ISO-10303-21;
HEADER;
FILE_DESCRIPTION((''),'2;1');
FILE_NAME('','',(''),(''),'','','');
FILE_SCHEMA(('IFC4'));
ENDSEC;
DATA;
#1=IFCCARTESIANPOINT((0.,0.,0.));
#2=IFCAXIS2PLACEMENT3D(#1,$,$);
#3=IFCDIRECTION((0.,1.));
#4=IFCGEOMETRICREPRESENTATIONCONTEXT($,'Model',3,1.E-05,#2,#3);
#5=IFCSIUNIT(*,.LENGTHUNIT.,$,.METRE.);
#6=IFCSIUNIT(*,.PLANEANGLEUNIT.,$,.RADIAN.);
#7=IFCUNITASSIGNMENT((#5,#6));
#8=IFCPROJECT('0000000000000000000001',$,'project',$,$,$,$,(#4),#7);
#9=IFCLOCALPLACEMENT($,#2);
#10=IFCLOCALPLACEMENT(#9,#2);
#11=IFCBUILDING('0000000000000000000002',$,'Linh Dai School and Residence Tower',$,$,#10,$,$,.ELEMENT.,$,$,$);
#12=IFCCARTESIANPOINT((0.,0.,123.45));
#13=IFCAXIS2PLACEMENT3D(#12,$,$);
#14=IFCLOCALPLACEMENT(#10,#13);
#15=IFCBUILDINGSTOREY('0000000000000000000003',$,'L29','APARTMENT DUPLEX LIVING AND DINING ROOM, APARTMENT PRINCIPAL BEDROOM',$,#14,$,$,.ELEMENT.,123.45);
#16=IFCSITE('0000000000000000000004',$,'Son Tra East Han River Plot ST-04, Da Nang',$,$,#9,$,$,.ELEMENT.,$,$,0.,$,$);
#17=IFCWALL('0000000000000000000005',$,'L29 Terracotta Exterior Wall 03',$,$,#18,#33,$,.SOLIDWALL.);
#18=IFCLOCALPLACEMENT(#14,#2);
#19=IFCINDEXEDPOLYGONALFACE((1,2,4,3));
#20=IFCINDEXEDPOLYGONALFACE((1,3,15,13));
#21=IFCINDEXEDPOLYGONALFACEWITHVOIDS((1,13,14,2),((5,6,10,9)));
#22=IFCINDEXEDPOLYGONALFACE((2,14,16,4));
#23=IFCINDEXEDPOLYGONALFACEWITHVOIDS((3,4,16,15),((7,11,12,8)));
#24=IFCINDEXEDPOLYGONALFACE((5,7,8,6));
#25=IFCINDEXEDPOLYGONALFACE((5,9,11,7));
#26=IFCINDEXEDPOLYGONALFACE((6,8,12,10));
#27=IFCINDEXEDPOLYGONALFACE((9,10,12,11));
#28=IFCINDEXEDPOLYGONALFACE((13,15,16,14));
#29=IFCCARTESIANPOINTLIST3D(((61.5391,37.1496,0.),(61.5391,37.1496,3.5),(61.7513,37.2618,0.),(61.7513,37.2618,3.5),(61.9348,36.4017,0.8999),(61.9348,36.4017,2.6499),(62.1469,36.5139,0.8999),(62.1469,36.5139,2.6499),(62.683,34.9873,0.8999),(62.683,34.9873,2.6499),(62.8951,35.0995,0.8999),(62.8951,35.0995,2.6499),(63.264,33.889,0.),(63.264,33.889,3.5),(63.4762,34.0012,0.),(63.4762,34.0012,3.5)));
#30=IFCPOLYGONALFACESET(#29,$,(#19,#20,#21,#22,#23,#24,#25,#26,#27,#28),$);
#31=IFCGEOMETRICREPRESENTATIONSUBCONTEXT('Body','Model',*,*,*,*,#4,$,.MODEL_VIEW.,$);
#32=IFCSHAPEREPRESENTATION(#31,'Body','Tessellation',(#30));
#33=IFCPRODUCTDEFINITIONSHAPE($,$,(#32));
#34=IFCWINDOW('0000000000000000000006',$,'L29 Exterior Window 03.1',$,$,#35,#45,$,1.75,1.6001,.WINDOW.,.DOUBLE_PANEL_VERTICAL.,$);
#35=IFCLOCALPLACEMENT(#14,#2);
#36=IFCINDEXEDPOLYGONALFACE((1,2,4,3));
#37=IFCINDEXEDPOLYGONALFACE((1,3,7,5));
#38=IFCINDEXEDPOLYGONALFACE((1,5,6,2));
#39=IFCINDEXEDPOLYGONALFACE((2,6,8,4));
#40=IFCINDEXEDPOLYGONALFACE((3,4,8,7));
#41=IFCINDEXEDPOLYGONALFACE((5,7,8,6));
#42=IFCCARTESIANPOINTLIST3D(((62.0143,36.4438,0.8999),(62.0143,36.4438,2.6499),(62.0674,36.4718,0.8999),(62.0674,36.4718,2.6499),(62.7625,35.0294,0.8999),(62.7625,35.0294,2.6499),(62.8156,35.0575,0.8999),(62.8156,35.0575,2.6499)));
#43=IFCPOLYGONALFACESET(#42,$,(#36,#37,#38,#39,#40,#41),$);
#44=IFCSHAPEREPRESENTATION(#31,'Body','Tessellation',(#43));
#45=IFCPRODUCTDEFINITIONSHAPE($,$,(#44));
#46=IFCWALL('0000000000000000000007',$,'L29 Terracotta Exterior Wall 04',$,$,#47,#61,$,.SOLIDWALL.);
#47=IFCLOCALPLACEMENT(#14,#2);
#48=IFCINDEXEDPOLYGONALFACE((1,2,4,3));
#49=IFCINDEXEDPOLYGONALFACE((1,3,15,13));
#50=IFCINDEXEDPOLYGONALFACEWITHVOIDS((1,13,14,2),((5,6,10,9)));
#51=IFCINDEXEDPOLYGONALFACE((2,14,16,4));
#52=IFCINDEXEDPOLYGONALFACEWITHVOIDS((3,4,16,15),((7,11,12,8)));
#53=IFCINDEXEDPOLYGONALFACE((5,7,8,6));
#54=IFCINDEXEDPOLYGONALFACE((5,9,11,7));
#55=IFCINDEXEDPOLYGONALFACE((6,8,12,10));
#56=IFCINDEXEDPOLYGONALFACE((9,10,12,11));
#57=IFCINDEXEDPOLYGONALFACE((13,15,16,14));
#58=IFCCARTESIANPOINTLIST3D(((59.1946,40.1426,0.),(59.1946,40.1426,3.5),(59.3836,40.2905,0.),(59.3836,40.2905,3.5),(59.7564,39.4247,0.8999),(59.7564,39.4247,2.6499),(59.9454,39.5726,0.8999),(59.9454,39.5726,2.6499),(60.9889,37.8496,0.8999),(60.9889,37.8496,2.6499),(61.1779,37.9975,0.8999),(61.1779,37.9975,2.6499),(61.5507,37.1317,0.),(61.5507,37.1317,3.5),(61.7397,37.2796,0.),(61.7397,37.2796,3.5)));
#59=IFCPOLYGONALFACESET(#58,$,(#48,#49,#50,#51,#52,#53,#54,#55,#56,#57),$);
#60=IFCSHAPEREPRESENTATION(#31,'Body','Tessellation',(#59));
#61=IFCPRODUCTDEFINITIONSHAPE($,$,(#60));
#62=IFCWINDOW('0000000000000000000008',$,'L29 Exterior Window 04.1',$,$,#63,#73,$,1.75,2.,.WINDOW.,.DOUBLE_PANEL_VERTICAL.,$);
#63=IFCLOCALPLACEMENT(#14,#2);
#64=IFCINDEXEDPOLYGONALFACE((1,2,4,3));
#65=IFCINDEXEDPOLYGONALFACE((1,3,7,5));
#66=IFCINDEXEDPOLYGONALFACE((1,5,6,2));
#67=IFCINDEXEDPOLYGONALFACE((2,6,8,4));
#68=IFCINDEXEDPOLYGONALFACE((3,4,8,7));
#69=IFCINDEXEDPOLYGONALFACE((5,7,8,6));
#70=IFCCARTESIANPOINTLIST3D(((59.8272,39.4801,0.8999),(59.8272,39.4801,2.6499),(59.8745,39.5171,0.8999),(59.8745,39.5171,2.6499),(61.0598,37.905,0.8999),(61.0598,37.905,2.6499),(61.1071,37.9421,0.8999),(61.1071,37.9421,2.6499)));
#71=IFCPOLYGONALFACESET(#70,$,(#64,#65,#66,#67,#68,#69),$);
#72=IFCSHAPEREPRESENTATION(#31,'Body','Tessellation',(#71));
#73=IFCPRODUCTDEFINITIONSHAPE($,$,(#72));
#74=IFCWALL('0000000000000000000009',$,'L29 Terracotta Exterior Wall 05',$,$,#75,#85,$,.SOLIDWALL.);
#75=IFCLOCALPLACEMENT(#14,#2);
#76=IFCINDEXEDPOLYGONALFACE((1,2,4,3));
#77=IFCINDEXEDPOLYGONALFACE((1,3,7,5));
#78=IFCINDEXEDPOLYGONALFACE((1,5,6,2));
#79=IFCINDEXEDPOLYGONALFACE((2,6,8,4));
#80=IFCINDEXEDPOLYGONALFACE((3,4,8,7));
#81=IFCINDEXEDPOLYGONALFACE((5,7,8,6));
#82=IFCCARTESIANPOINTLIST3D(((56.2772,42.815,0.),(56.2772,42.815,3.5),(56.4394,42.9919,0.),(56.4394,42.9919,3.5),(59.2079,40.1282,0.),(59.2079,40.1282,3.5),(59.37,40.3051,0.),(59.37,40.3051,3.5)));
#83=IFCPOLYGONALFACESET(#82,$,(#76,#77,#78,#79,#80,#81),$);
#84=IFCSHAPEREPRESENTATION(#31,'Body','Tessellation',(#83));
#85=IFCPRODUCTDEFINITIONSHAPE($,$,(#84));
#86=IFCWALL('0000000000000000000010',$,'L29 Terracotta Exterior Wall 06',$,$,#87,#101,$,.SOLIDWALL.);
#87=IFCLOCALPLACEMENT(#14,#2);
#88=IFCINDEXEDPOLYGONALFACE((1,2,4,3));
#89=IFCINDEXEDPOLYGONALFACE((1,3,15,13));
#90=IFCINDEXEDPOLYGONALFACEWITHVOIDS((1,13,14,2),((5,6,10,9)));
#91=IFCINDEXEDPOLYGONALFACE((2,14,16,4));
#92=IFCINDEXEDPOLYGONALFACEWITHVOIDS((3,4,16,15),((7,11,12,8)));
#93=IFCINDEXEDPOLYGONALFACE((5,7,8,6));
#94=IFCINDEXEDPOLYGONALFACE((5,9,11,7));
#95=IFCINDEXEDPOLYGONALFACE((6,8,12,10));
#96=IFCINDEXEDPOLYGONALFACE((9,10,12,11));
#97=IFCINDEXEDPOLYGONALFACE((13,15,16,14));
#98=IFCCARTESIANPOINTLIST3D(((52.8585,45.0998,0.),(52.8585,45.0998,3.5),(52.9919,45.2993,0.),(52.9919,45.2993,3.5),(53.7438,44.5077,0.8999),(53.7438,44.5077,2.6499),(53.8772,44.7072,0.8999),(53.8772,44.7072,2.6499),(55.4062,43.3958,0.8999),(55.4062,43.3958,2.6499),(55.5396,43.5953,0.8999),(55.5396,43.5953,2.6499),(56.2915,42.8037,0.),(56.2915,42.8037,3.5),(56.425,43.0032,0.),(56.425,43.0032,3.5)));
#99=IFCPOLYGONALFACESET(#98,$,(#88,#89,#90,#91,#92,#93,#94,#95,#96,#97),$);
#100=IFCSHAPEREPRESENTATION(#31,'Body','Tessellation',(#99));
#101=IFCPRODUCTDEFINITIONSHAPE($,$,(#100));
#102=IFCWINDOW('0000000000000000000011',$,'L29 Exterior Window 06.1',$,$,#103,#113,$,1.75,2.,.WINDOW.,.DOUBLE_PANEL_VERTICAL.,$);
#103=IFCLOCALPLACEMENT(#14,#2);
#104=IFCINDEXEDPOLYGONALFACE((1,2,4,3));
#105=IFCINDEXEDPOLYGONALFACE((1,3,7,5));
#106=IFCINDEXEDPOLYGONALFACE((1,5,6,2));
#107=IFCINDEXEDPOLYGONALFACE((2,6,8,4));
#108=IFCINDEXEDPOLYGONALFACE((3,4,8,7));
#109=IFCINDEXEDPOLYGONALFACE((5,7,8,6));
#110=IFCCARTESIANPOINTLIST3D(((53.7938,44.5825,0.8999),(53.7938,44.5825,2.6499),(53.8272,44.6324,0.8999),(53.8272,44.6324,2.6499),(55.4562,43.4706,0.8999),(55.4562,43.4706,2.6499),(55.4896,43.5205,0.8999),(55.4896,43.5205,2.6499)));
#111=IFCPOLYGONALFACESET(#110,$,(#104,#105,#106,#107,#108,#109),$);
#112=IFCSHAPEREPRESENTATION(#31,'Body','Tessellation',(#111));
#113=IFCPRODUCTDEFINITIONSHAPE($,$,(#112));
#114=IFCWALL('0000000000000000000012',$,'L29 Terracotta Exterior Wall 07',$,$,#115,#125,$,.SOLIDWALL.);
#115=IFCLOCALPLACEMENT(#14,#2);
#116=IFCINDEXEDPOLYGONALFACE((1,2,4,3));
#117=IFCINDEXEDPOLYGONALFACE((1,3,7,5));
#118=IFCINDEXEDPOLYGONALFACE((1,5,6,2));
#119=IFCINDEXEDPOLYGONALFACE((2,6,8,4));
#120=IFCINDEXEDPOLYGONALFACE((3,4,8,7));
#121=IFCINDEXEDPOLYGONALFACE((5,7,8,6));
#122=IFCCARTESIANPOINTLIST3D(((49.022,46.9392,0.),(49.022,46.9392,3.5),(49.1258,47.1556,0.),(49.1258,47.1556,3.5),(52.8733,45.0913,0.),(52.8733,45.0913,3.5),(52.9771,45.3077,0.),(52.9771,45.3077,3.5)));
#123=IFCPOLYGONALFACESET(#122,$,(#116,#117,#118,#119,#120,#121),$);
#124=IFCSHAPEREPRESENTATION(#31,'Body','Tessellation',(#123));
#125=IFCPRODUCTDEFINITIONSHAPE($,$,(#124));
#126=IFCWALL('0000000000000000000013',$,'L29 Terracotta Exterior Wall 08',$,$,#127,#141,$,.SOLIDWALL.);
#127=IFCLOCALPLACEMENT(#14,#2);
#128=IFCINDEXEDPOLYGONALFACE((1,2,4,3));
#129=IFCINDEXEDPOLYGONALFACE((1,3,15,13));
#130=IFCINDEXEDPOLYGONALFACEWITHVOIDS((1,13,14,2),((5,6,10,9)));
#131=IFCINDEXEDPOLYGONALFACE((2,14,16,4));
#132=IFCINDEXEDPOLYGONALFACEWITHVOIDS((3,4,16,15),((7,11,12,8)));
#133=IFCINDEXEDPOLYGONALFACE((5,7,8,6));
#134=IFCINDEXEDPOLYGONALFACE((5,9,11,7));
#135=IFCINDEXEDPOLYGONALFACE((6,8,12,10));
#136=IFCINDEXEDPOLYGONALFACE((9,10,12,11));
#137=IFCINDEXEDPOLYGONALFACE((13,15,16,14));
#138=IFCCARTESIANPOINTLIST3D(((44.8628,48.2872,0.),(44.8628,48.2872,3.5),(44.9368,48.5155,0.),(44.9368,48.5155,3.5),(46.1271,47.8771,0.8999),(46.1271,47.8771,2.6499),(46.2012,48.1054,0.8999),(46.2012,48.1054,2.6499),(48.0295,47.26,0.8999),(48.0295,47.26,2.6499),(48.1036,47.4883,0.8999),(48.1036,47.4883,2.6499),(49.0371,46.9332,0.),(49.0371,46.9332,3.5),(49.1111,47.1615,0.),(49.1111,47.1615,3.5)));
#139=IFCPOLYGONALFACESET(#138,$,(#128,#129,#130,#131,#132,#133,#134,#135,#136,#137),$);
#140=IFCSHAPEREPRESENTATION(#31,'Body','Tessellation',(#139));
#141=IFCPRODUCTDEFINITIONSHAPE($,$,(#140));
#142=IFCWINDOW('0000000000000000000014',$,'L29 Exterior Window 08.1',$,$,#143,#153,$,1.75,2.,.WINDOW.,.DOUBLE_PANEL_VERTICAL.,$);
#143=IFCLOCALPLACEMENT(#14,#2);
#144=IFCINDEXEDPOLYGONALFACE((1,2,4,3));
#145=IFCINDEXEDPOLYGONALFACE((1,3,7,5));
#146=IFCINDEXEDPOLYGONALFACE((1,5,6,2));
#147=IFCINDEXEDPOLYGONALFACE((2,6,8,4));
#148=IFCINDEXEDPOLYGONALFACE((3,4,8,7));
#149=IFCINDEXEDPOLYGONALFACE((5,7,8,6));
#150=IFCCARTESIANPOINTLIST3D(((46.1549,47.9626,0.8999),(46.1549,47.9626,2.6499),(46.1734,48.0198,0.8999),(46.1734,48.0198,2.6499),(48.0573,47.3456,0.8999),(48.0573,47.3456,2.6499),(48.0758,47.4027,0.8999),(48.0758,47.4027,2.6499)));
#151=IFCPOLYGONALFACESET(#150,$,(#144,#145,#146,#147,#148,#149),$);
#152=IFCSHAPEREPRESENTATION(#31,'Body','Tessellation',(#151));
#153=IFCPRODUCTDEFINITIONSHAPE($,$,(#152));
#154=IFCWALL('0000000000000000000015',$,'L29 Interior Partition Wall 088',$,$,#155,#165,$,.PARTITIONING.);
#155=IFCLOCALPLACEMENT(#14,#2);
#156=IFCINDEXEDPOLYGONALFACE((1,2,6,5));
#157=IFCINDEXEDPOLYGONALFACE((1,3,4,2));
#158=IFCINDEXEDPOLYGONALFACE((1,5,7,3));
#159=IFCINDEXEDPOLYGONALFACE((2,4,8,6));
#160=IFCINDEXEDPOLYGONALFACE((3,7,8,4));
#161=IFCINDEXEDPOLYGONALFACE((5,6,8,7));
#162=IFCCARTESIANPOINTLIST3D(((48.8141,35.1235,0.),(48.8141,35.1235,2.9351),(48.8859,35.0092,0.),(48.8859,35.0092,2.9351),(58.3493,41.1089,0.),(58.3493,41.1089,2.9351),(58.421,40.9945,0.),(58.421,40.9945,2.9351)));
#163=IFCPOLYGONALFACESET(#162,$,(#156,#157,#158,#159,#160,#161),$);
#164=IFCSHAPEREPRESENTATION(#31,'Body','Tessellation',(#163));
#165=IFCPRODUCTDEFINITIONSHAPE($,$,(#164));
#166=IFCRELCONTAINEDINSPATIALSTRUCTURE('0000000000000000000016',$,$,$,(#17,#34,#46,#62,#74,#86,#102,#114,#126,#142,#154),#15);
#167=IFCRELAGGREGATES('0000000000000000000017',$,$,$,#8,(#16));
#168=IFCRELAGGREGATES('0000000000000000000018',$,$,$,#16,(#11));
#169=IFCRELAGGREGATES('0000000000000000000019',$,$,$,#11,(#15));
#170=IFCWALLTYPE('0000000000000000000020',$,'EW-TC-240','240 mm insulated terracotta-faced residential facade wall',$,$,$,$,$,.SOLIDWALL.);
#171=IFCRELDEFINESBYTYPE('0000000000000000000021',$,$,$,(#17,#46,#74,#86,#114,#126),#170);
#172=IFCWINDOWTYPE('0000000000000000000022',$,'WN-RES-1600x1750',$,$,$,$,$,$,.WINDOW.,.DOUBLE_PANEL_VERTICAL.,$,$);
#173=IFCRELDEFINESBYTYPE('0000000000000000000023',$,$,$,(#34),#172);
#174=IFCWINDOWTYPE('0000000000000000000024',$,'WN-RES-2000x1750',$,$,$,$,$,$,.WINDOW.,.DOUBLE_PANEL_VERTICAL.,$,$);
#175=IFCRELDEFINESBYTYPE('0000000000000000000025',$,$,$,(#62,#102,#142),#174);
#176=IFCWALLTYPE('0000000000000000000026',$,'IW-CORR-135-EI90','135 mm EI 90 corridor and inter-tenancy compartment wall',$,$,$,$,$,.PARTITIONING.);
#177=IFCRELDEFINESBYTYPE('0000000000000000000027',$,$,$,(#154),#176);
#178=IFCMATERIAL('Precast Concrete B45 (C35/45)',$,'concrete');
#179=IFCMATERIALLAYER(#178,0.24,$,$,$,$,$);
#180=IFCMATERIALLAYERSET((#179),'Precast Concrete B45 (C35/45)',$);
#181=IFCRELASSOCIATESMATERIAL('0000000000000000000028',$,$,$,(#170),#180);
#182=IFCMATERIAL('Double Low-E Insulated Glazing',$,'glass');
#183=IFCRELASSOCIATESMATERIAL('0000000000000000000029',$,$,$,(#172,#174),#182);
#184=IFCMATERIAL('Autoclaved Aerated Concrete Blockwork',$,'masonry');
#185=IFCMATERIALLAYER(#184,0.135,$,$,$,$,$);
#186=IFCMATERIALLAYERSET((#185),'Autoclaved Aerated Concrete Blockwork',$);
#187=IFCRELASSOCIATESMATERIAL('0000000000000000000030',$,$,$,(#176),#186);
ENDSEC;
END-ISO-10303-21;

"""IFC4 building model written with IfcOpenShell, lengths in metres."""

from ifc_helpers import new_model, si_unit, direction, frame, frame_2d, origin, origin_2d, place, context, subcontext, project, spatial, rectangle, extrude, source, transform, mapped, material, layer, layer_set, type_object, element, fill, save


model = new_model("IFC4")

# Units and contexts
model_context = context("Model", 3, precision=1e-05, world=origin(), true_north=direction((0.0, 1.0)))
body_context = subcontext(model_context, "Body", "Model", "MODEL_VIEW")
ifc_project = project(units=[si_unit("LENGTHUNIT", "METRE"), si_unit("PLANEANGLEUNIT", "RADIAN")], contexts=[model_context])

# Site, building, storey
site_placement = place(None, origin())
site = spatial("IfcSite", under=ifc_project, at=site_placement, Name="Son Tra East Han River Plot ST-04, Da Nang", CompositionType="ELEMENT", RefElevation=0.0)
building_placement = place(site_placement, origin())
building = spatial("IfcBuilding", under=site, at=building_placement, Name="Linh Dai School and Residence Tower", CompositionType="ELEMENT")
storey_placement = place(building_placement, frame((0.0, 0.0, 123.45)))
storey = spatial("IfcBuildingStorey", under=building, at=storey_placement, Name="L29", Description="APARTMENT DUPLEX LIVING AND DINING ROOM, APARTMENT PRINCIPAL BEDROOM", CompositionType="ELEMENT", Elevation=123.45)

# Shared definitions
ifc_material_1 = material(Name="Precast Concrete B45 (C35/45)", Category="concrete")

# Walls, openings, windows
ifc_layer_1 = layer(ifc_material_1, 0.24)
ifc_layer_set_1 = layer_set([ifc_layer_1], Name="Precast Concrete B45 (C35/45)")
wall_type_1 = type_object("IfcWallType", Name="EW-TC-240", Description="240 mm insulated terracotta-faced residential facade wall", PredefinedType="SOLIDWALL", material=ifc_layer_set_1)
wall_1_placement = place(storey_placement, frame((61.6453, 37.2056, 0.0), z_axis=(0.0, 0.0, 1.0), x_axis=(0.467614, -0.883933, 0.0)))
wall_1 = element("IfcWall", 1, at=wall_1_placement, inside=storey, type_object=wall_type_1, Name="L29 Terracotta Exterior Wall 03", PredefinedType="SOLIDWALL", context=body_context, shape_type="SweptSolid", body=[
    extrude(rectangle(XDim=3.6887, YDim=0.24, at=frame_2d((1.8442, 0.0))), origin(), (0.0, 0.0, 1.0), 3.5),
])
opening_1_placement = place(wall_1_placement, frame((0.8459, 0.0, 0.8999)))
opening_1 = element("IfcOpeningElement", 2, at=opening_1_placement, cuts=wall_1, PredefinedType="OPENING", context=body_context, shape_type="SweptSolid", body=[
    extrude(rectangle(XDim=1.6001, YDim=1.75, at=origin_2d()), frame((0.8, 0.1299, 0.875), z_axis=(0.0, -1.0, 0.0), x_axis=(1.0, 0.0, 0.0)), (0.0, 0.0, 1.0), 0.26),
])
ifc_material_2 = material(Name="Double Low-E Insulated Glazing", Category="glass")
window_type_1 = type_object("IfcWindowType", Name="WN-RES-1600x1750", PartitioningType="DOUBLE_PANEL_VERTICAL", PredefinedType="WINDOW", material=ifc_material_2)
shared_shape_1 = source(origin(), body_context, "Body", "SweptSolid", [
    extrude(rectangle(XDim=1.6001, YDim=1.75, at=origin_2d()), frame((0.8, 0.03, 0.875), z_axis=(0.0, -1.0, 0.0), x_axis=(1.0, 0.0, 0.0)), (0.0, 0.0, 1.0), 0.0601),
])
window_1_placement = place(opening_1_placement, origin())
window_1 = element("IfcWindow", 3, at=window_1_placement, inside=storey, type_object=window_type_1, Name="L29 Exterior Window 03.1", OverallHeight=1.75, OverallWidth=1.6001, PartitioningType="DOUBLE_PANEL_VERTICAL", PredefinedType="WINDOW", context=body_context, shape_type="MappedRepresentation", body=[
    mapped(shared_shape_1, transform((0.0, 0.0, 0.0), x_axis=(1.0, 0.0, 0.0), y_axis=(0.0, 1.0, 0.0), z_axis=(0.0, 0.0, 1.0), scale=1.0)),
])
fill(opening_1, window_1)
wall_2_placement = place(storey_placement, frame((59.2891, 40.2166, 0.0), z_axis=(0.0, 0.0, 1.0), x_axis=(0.616272, -0.787533, 0.0)))
wall_2 = element("IfcWall", 4, at=wall_2_placement, inside=storey, type_object=wall_type_1, Name="L29 Terracotta Exterior Wall 04", PredefinedType="SOLIDWALL", context=body_context, shape_type="SweptSolid", body=[
    extrude(rectangle(XDim=3.8232, YDim=0.24, at=frame_2d((1.9116, 0.0))), origin(), (0.0, 0.0, 1.0), 3.5),
])
opening_2_placement = place(wall_2_placement, frame((0.9116, 0.0, 0.8999)))
opening_2 = element("IfcOpeningElement", 5, at=opening_2_placement, cuts=wall_2, PredefinedType="OPENING", context=body_context, shape_type="SweptSolid", body=[
    extrude(rectangle(XDim=2.0, YDim=1.75, at=origin_2d()), frame((1.0, 0.1299, 0.875), z_axis=(0.0, -1.0, 0.0), x_axis=(1.0, 0.0, 0.0)), (0.0, 0.0, 1.0), 0.26),
])
window_type_2 = type_object("IfcWindowType", Name="WN-RES-2000x1750", PartitioningType="DOUBLE_PANEL_VERTICAL", PredefinedType="WINDOW", material=ifc_material_2)
shared_shape_2 = source(origin(), body_context, "Body", "SweptSolid", [
    extrude(rectangle(XDim=2.0, YDim=1.75, at=origin_2d()), frame((1.0, 0.03, 0.875), z_axis=(0.0, -1.0, 0.0), x_axis=(1.0, 0.0, 0.0)), (0.0, 0.0, 1.0), 0.0601),
])
window_2_placement = place(opening_2_placement, origin())
window_2 = element("IfcWindow", 6, at=window_2_placement, inside=storey, type_object=window_type_2, Name="L29 Exterior Window 04.1", OverallHeight=1.75, OverallWidth=2.0, PartitioningType="DOUBLE_PANEL_VERTICAL", PredefinedType="WINDOW", context=body_context, shape_type="MappedRepresentation", body=[
    mapped(shared_shape_2, transform((0.0, 0.0, 0.0), x_axis=(1.0, 0.0, 0.0), y_axis=(0.0, 1.0, 0.0), z_axis=(0.0, 0.0, 1.0), scale=1.0)),
])
fill(opening_2, window_2)

# Wall
wall_3_placement = place(storey_placement, frame((56.3584, 42.9033, 0.0), z_axis=(0.0, 0.0, 1.0), x_axis=(0.737113, -0.675769, 0.0)))
element("IfcWall", 7, at=wall_3_placement, inside=storey, type_object=wall_type_1, Name="L29 Terracotta Exterior Wall 05", PredefinedType="SOLIDWALL", context=body_context, shape_type="SweptSolid", body=[
    extrude(rectangle(XDim=3.9758, YDim=0.24, at=frame_2d((1.9878, 0.0))), origin(), (0.0, 0.0, 1.0), 3.5),
])

# Wall, opening, window
wall_4_placement = place(storey_placement, frame((52.9253, 45.1995, 0.0), z_axis=(0.0, 0.0, 1.0), x_axis=(0.831222, -0.555941, 0.0)))
wall_4 = element("IfcWall", 8, at=wall_4_placement, inside=storey, type_object=wall_type_1, Name="L29 Terracotta Exterior Wall 06", PredefinedType="SOLIDWALL", context=body_context, shape_type="SweptSolid", body=[
    extrude(rectangle(XDim=4.1301, YDim=0.24, at=frame_2d((2.0649, 0.0))), origin(), (0.0, 0.0, 1.0), 3.5),
])
opening_3_placement = place(wall_4_placement, frame((1.0649, 0.0, 0.8999)))
opening_3 = element("IfcOpeningElement", 9, at=opening_3_placement, cuts=wall_4, PredefinedType="OPENING", context=body_context, shape_type="SweptSolid", body=[
    extrude(rectangle(XDim=2.0, YDim=1.75, at=origin_2d()), frame((1.0, 0.1299, 0.875), z_axis=(0.0, -1.0, 0.0), x_axis=(1.0, 0.0, 0.0)), (0.0, 0.0, 1.0), 0.26),
])
window_3_placement = place(opening_3_placement, origin())
window_3 = element("IfcWindow", 10, at=window_3_placement, inside=storey, type_object=window_type_2, Name="L29 Exterior Window 06.1", OverallHeight=1.75, OverallWidth=2.0, PartitioningType="DOUBLE_PANEL_VERTICAL", PredefinedType="WINDOW", context=body_context, shape_type="MappedRepresentation", body=[
    mapped(shared_shape_2, transform((0.0, 0.0, 0.0), x_axis=(1.0, 0.0, 0.0), y_axis=(0.0, 1.0, 0.0), z_axis=(0.0, 0.0, 1.0), scale=1.0)),
])
fill(opening_3, window_3)

# Wall
wall_5_placement = place(storey_placement, frame((49.074, 47.0474, 0.0), z_axis=(0.0, 0.0, 1.0), x_axis=(0.90159, -0.432592, 0.0)))
element("IfcWall", 11, at=wall_5_placement, inside=storey, type_object=wall_type_1, Name="L29 Terracotta Exterior Wall 07", PredefinedType="SOLIDWALL", context=body_context, shape_type="SweptSolid", body=[
    extrude(rectangle(XDim=4.2717, YDim=0.24, at=frame_2d((2.1357, 0.0))), origin(), (0.0, 0.0, 1.0), 3.5),
])

# Wall, opening, window
wall_6_placement = place(storey_placement, frame((44.8997, 48.4014, 0.0), z_axis=(0.0, 0.0, 1.0), x_axis=(0.951211, -0.30854, 0.0)))
wall_6 = element("IfcWall", 12, at=wall_6_placement, inside=storey, type_object=wall_type_1, Name="L29 Terracotta Exterior Wall 08", PredefinedType="SOLIDWALL", context=body_context, shape_type="SweptSolid", body=[
    extrude(rectangle(XDim=4.3884, YDim=0.24, at=frame_2d((2.1943, 0.0))), origin(), (0.0, 0.0, 1.0), 3.5),
])
opening_4_placement = place(wall_6_placement, frame((1.3293, 0.0, 0.8999)))
opening_4 = element("IfcOpeningElement", 13, at=opening_4_placement, cuts=wall_6, PredefinedType="OPENING", context=body_context, shape_type="SweptSolid", body=[
    extrude(rectangle(XDim=2.0, YDim=1.75, at=origin_2d()), frame((1.0, 0.1299, 0.875), z_axis=(0.0, -1.0, 0.0), x_axis=(1.0, 0.0, 0.0)), (0.0, 0.0, 1.0), 0.26),
])
window_4_placement = place(opening_4_placement, origin())
window_4 = element("IfcWindow", 14, at=window_4_placement, inside=storey, type_object=window_type_2, Name="L29 Exterior Window 08.1", OverallHeight=1.75, OverallWidth=2.0, PartitioningType="DOUBLE_PANEL_VERTICAL", PredefinedType="WINDOW", context=body_context, shape_type="MappedRepresentation", body=[
    mapped(shared_shape_2, transform((0.0, 0.0, 0.0), x_axis=(1.0, 0.0, 0.0), y_axis=(0.0, 1.0, 0.0), z_axis=(0.0, 0.0, 1.0), scale=1.0)),
])
fill(opening_4, window_4)

# Wall
ifc_material_3 = material(Name="Autoclaved Aerated Concrete Blockwork", Category="masonry")
ifc_layer_2 = layer(ifc_material_3, 0.135)
ifc_layer_set_2 = layer_set([ifc_layer_2], Name="Autoclaved Aerated Concrete Blockwork")
wall_type_2 = type_object("IfcWallType", Name="IW-CORR-135-EI90", Description="135 mm EI 90 corridor and inter-tenancy compartment wall", PredefinedType="PARTITIONING", material=ifc_layer_set_2)
wall_7_placement = place(storey_placement, frame((48.8501, 35.0664, 0.0), z_axis=(0.0, 0.0, 1.0), x_axis=(0.846964, 0.531651, 0.0)))
element("IfcWall", 15, at=wall_7_placement, inside=storey, type_object=wall_type_2, Name="L29 Interior Partition Wall 088", PredefinedType="PARTITIONING", context=body_context, shape_type="SweptSolid", body=[
    extrude(rectangle(XDim=11.2581, YDim=0.135, at=frame_2d((5.6289, 0.0))), origin(), (0.0, 0.0, 1.0), 2.9351),
])

save(model, "model.ifc")
